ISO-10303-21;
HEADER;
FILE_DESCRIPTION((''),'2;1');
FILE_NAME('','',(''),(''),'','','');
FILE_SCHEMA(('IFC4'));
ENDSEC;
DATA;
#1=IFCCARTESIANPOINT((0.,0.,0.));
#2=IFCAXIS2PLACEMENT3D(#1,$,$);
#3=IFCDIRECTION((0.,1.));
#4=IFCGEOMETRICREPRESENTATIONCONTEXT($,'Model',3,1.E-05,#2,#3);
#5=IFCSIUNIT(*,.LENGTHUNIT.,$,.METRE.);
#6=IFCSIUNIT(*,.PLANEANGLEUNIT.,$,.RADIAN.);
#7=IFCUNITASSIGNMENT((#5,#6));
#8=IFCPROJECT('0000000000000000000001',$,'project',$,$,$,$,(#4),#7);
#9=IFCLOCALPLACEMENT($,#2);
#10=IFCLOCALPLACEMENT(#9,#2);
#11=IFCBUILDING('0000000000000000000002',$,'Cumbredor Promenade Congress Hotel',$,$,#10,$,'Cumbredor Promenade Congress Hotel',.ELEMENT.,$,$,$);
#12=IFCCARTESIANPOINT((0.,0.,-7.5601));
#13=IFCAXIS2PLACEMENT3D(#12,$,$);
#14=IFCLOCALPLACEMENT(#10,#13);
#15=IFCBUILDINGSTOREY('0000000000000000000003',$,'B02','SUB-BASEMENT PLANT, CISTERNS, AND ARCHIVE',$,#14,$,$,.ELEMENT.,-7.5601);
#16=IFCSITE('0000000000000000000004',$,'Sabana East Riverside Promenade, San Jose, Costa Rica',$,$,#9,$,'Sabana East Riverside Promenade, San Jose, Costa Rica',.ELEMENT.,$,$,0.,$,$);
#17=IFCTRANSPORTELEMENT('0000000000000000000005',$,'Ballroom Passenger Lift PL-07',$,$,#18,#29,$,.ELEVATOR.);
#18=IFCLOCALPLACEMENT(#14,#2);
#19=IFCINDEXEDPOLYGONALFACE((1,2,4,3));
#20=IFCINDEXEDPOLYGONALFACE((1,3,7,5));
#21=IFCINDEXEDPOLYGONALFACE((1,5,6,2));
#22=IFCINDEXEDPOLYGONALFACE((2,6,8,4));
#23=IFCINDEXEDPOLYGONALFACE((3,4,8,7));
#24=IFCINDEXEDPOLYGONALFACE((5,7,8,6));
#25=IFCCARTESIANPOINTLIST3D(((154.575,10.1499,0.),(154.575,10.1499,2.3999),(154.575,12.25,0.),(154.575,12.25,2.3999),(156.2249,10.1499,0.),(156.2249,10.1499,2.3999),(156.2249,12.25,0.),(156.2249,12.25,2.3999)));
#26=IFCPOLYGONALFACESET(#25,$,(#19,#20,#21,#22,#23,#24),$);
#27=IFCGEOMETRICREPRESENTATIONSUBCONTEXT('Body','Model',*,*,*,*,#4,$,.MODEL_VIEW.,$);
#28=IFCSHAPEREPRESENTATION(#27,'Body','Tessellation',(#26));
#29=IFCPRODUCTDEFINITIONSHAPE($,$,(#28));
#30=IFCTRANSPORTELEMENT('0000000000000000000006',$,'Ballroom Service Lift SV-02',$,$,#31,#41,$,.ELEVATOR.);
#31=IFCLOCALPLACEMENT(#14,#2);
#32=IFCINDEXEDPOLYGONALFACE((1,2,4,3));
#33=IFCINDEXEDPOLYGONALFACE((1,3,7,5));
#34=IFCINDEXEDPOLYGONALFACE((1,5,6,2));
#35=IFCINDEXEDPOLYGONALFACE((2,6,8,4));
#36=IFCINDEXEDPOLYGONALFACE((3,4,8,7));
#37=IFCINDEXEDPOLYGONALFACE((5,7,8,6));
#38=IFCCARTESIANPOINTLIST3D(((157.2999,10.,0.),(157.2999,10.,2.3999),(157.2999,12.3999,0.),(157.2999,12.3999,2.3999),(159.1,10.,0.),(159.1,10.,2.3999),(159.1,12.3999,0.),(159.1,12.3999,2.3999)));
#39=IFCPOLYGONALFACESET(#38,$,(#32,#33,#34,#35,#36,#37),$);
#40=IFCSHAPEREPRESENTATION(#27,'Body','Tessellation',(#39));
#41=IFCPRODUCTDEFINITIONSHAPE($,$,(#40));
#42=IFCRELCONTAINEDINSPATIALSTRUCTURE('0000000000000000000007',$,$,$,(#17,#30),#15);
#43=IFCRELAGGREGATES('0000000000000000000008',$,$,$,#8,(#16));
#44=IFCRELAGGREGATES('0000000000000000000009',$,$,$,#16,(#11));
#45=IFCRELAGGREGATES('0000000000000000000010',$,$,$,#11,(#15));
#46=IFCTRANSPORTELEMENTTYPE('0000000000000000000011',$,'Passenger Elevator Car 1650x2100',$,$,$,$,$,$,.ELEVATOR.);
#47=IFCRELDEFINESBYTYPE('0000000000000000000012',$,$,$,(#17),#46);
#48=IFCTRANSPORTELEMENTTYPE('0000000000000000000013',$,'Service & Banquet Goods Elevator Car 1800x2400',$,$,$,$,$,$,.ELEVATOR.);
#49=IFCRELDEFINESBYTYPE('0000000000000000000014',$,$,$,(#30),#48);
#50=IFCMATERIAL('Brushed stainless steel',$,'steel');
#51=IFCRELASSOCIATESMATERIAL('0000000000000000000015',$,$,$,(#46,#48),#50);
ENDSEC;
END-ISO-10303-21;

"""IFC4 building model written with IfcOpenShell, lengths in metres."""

from ifc_helpers import new_model, si_unit, direction, frame, origin, origin_2d, place, context, subcontext, project, spatial, rectangle, extrude, material, type_object, element, save


model = new_model("IFC4")

# Units and contexts
model_context = context("Model", 3, precision=1e-05, world=origin(), true_north=direction((0.0, 1.0)))
body_context = subcontext(model_context, "Body", "Model", "MODEL_VIEW")
ifc_project = project(units=[si_unit("LENGTHUNIT", "METRE"), si_unit("PLANEANGLEUNIT", "RADIAN")], contexts=[model_context])

# Site, building, storey
site_placement = place(None, origin())
site = spatial("IfcSite", under=ifc_project, at=site_placement, Name="Sabana East Riverside Promenade, San Jose, Costa Rica", LongName="Sabana East Riverside Promenade, San Jose, Costa Rica", CompositionType="ELEMENT", RefElevation=0.0)
building_placement = place(site_placement, origin())
building = spatial("IfcBuilding", under=site, at=building_placement, Name="Cumbredor Promenade Congress Hotel", LongName="Cumbredor Promenade Congress Hotel", CompositionType="ELEMENT")
storey_placement = place(building_placement, frame((0.0, 0.0, -7.5601)))
storey = spatial("IfcBuildingStorey", under=building, at=storey_placement, Name="B02", Description="SUB-BASEMENT PLANT, CISTERNS, AND ARCHIVE", CompositionType="ELEMENT", Elevation=-7.5601)

# Transport elements
ifc_material_1 = material(Name="Brushed stainless steel", Category="steel")
transport_element_type_1 = type_object("IfcTransportElementType", Name="Passenger Elevator Car 1650x2100", PredefinedType="ELEVATOR", material=ifc_material_1)
transport_element_1_placement = place(storey_placement, frame((155.3999, 11.2, 0.0), z_axis=(0.0, 0.0, 1.0), x_axis=(1.0, 0.0, 0.0)))
element("IfcTransportElement", 1, at=transport_element_1_placement, inside=storey, type_object=transport_element_type_1, Name="Ballroom Passenger Lift PL-07", PredefinedType="ELEVATOR", context=body_context, shape_type="SweptSolid", body=[
    extrude(rectangle(XDim=1.6499, YDim=2.1001, at=origin_2d()), origin(), (0.0, 0.0, 1.0), 2.3999),
])
transport_element_type_2 = type_object("IfcTransportElementType", Name="Service & Banquet Goods Elevator Car 1800x2400", PredefinedType="ELEVATOR", material=ifc_material_1)
transport_element_2_placement = place(storey_placement, frame((158.2, 11.2, 0.0), z_axis=(0.0, 0.0, 1.0), x_axis=(1.0, 0.0, 0.0)))
element("IfcTransportElement", 2, at=transport_element_2_placement, inside=storey, type_object=transport_element_type_2, Name="Ballroom Service Lift SV-02", PredefinedType="ELEVATOR", context=body_context, shape_type="SweptSolid", body=[
    extrude(rectangle(XDim=1.8, YDim=2.3999, at=origin_2d()), origin(), (0.0, 0.0, 1.0), 2.3999),
])

save(model, "model.ifc")
